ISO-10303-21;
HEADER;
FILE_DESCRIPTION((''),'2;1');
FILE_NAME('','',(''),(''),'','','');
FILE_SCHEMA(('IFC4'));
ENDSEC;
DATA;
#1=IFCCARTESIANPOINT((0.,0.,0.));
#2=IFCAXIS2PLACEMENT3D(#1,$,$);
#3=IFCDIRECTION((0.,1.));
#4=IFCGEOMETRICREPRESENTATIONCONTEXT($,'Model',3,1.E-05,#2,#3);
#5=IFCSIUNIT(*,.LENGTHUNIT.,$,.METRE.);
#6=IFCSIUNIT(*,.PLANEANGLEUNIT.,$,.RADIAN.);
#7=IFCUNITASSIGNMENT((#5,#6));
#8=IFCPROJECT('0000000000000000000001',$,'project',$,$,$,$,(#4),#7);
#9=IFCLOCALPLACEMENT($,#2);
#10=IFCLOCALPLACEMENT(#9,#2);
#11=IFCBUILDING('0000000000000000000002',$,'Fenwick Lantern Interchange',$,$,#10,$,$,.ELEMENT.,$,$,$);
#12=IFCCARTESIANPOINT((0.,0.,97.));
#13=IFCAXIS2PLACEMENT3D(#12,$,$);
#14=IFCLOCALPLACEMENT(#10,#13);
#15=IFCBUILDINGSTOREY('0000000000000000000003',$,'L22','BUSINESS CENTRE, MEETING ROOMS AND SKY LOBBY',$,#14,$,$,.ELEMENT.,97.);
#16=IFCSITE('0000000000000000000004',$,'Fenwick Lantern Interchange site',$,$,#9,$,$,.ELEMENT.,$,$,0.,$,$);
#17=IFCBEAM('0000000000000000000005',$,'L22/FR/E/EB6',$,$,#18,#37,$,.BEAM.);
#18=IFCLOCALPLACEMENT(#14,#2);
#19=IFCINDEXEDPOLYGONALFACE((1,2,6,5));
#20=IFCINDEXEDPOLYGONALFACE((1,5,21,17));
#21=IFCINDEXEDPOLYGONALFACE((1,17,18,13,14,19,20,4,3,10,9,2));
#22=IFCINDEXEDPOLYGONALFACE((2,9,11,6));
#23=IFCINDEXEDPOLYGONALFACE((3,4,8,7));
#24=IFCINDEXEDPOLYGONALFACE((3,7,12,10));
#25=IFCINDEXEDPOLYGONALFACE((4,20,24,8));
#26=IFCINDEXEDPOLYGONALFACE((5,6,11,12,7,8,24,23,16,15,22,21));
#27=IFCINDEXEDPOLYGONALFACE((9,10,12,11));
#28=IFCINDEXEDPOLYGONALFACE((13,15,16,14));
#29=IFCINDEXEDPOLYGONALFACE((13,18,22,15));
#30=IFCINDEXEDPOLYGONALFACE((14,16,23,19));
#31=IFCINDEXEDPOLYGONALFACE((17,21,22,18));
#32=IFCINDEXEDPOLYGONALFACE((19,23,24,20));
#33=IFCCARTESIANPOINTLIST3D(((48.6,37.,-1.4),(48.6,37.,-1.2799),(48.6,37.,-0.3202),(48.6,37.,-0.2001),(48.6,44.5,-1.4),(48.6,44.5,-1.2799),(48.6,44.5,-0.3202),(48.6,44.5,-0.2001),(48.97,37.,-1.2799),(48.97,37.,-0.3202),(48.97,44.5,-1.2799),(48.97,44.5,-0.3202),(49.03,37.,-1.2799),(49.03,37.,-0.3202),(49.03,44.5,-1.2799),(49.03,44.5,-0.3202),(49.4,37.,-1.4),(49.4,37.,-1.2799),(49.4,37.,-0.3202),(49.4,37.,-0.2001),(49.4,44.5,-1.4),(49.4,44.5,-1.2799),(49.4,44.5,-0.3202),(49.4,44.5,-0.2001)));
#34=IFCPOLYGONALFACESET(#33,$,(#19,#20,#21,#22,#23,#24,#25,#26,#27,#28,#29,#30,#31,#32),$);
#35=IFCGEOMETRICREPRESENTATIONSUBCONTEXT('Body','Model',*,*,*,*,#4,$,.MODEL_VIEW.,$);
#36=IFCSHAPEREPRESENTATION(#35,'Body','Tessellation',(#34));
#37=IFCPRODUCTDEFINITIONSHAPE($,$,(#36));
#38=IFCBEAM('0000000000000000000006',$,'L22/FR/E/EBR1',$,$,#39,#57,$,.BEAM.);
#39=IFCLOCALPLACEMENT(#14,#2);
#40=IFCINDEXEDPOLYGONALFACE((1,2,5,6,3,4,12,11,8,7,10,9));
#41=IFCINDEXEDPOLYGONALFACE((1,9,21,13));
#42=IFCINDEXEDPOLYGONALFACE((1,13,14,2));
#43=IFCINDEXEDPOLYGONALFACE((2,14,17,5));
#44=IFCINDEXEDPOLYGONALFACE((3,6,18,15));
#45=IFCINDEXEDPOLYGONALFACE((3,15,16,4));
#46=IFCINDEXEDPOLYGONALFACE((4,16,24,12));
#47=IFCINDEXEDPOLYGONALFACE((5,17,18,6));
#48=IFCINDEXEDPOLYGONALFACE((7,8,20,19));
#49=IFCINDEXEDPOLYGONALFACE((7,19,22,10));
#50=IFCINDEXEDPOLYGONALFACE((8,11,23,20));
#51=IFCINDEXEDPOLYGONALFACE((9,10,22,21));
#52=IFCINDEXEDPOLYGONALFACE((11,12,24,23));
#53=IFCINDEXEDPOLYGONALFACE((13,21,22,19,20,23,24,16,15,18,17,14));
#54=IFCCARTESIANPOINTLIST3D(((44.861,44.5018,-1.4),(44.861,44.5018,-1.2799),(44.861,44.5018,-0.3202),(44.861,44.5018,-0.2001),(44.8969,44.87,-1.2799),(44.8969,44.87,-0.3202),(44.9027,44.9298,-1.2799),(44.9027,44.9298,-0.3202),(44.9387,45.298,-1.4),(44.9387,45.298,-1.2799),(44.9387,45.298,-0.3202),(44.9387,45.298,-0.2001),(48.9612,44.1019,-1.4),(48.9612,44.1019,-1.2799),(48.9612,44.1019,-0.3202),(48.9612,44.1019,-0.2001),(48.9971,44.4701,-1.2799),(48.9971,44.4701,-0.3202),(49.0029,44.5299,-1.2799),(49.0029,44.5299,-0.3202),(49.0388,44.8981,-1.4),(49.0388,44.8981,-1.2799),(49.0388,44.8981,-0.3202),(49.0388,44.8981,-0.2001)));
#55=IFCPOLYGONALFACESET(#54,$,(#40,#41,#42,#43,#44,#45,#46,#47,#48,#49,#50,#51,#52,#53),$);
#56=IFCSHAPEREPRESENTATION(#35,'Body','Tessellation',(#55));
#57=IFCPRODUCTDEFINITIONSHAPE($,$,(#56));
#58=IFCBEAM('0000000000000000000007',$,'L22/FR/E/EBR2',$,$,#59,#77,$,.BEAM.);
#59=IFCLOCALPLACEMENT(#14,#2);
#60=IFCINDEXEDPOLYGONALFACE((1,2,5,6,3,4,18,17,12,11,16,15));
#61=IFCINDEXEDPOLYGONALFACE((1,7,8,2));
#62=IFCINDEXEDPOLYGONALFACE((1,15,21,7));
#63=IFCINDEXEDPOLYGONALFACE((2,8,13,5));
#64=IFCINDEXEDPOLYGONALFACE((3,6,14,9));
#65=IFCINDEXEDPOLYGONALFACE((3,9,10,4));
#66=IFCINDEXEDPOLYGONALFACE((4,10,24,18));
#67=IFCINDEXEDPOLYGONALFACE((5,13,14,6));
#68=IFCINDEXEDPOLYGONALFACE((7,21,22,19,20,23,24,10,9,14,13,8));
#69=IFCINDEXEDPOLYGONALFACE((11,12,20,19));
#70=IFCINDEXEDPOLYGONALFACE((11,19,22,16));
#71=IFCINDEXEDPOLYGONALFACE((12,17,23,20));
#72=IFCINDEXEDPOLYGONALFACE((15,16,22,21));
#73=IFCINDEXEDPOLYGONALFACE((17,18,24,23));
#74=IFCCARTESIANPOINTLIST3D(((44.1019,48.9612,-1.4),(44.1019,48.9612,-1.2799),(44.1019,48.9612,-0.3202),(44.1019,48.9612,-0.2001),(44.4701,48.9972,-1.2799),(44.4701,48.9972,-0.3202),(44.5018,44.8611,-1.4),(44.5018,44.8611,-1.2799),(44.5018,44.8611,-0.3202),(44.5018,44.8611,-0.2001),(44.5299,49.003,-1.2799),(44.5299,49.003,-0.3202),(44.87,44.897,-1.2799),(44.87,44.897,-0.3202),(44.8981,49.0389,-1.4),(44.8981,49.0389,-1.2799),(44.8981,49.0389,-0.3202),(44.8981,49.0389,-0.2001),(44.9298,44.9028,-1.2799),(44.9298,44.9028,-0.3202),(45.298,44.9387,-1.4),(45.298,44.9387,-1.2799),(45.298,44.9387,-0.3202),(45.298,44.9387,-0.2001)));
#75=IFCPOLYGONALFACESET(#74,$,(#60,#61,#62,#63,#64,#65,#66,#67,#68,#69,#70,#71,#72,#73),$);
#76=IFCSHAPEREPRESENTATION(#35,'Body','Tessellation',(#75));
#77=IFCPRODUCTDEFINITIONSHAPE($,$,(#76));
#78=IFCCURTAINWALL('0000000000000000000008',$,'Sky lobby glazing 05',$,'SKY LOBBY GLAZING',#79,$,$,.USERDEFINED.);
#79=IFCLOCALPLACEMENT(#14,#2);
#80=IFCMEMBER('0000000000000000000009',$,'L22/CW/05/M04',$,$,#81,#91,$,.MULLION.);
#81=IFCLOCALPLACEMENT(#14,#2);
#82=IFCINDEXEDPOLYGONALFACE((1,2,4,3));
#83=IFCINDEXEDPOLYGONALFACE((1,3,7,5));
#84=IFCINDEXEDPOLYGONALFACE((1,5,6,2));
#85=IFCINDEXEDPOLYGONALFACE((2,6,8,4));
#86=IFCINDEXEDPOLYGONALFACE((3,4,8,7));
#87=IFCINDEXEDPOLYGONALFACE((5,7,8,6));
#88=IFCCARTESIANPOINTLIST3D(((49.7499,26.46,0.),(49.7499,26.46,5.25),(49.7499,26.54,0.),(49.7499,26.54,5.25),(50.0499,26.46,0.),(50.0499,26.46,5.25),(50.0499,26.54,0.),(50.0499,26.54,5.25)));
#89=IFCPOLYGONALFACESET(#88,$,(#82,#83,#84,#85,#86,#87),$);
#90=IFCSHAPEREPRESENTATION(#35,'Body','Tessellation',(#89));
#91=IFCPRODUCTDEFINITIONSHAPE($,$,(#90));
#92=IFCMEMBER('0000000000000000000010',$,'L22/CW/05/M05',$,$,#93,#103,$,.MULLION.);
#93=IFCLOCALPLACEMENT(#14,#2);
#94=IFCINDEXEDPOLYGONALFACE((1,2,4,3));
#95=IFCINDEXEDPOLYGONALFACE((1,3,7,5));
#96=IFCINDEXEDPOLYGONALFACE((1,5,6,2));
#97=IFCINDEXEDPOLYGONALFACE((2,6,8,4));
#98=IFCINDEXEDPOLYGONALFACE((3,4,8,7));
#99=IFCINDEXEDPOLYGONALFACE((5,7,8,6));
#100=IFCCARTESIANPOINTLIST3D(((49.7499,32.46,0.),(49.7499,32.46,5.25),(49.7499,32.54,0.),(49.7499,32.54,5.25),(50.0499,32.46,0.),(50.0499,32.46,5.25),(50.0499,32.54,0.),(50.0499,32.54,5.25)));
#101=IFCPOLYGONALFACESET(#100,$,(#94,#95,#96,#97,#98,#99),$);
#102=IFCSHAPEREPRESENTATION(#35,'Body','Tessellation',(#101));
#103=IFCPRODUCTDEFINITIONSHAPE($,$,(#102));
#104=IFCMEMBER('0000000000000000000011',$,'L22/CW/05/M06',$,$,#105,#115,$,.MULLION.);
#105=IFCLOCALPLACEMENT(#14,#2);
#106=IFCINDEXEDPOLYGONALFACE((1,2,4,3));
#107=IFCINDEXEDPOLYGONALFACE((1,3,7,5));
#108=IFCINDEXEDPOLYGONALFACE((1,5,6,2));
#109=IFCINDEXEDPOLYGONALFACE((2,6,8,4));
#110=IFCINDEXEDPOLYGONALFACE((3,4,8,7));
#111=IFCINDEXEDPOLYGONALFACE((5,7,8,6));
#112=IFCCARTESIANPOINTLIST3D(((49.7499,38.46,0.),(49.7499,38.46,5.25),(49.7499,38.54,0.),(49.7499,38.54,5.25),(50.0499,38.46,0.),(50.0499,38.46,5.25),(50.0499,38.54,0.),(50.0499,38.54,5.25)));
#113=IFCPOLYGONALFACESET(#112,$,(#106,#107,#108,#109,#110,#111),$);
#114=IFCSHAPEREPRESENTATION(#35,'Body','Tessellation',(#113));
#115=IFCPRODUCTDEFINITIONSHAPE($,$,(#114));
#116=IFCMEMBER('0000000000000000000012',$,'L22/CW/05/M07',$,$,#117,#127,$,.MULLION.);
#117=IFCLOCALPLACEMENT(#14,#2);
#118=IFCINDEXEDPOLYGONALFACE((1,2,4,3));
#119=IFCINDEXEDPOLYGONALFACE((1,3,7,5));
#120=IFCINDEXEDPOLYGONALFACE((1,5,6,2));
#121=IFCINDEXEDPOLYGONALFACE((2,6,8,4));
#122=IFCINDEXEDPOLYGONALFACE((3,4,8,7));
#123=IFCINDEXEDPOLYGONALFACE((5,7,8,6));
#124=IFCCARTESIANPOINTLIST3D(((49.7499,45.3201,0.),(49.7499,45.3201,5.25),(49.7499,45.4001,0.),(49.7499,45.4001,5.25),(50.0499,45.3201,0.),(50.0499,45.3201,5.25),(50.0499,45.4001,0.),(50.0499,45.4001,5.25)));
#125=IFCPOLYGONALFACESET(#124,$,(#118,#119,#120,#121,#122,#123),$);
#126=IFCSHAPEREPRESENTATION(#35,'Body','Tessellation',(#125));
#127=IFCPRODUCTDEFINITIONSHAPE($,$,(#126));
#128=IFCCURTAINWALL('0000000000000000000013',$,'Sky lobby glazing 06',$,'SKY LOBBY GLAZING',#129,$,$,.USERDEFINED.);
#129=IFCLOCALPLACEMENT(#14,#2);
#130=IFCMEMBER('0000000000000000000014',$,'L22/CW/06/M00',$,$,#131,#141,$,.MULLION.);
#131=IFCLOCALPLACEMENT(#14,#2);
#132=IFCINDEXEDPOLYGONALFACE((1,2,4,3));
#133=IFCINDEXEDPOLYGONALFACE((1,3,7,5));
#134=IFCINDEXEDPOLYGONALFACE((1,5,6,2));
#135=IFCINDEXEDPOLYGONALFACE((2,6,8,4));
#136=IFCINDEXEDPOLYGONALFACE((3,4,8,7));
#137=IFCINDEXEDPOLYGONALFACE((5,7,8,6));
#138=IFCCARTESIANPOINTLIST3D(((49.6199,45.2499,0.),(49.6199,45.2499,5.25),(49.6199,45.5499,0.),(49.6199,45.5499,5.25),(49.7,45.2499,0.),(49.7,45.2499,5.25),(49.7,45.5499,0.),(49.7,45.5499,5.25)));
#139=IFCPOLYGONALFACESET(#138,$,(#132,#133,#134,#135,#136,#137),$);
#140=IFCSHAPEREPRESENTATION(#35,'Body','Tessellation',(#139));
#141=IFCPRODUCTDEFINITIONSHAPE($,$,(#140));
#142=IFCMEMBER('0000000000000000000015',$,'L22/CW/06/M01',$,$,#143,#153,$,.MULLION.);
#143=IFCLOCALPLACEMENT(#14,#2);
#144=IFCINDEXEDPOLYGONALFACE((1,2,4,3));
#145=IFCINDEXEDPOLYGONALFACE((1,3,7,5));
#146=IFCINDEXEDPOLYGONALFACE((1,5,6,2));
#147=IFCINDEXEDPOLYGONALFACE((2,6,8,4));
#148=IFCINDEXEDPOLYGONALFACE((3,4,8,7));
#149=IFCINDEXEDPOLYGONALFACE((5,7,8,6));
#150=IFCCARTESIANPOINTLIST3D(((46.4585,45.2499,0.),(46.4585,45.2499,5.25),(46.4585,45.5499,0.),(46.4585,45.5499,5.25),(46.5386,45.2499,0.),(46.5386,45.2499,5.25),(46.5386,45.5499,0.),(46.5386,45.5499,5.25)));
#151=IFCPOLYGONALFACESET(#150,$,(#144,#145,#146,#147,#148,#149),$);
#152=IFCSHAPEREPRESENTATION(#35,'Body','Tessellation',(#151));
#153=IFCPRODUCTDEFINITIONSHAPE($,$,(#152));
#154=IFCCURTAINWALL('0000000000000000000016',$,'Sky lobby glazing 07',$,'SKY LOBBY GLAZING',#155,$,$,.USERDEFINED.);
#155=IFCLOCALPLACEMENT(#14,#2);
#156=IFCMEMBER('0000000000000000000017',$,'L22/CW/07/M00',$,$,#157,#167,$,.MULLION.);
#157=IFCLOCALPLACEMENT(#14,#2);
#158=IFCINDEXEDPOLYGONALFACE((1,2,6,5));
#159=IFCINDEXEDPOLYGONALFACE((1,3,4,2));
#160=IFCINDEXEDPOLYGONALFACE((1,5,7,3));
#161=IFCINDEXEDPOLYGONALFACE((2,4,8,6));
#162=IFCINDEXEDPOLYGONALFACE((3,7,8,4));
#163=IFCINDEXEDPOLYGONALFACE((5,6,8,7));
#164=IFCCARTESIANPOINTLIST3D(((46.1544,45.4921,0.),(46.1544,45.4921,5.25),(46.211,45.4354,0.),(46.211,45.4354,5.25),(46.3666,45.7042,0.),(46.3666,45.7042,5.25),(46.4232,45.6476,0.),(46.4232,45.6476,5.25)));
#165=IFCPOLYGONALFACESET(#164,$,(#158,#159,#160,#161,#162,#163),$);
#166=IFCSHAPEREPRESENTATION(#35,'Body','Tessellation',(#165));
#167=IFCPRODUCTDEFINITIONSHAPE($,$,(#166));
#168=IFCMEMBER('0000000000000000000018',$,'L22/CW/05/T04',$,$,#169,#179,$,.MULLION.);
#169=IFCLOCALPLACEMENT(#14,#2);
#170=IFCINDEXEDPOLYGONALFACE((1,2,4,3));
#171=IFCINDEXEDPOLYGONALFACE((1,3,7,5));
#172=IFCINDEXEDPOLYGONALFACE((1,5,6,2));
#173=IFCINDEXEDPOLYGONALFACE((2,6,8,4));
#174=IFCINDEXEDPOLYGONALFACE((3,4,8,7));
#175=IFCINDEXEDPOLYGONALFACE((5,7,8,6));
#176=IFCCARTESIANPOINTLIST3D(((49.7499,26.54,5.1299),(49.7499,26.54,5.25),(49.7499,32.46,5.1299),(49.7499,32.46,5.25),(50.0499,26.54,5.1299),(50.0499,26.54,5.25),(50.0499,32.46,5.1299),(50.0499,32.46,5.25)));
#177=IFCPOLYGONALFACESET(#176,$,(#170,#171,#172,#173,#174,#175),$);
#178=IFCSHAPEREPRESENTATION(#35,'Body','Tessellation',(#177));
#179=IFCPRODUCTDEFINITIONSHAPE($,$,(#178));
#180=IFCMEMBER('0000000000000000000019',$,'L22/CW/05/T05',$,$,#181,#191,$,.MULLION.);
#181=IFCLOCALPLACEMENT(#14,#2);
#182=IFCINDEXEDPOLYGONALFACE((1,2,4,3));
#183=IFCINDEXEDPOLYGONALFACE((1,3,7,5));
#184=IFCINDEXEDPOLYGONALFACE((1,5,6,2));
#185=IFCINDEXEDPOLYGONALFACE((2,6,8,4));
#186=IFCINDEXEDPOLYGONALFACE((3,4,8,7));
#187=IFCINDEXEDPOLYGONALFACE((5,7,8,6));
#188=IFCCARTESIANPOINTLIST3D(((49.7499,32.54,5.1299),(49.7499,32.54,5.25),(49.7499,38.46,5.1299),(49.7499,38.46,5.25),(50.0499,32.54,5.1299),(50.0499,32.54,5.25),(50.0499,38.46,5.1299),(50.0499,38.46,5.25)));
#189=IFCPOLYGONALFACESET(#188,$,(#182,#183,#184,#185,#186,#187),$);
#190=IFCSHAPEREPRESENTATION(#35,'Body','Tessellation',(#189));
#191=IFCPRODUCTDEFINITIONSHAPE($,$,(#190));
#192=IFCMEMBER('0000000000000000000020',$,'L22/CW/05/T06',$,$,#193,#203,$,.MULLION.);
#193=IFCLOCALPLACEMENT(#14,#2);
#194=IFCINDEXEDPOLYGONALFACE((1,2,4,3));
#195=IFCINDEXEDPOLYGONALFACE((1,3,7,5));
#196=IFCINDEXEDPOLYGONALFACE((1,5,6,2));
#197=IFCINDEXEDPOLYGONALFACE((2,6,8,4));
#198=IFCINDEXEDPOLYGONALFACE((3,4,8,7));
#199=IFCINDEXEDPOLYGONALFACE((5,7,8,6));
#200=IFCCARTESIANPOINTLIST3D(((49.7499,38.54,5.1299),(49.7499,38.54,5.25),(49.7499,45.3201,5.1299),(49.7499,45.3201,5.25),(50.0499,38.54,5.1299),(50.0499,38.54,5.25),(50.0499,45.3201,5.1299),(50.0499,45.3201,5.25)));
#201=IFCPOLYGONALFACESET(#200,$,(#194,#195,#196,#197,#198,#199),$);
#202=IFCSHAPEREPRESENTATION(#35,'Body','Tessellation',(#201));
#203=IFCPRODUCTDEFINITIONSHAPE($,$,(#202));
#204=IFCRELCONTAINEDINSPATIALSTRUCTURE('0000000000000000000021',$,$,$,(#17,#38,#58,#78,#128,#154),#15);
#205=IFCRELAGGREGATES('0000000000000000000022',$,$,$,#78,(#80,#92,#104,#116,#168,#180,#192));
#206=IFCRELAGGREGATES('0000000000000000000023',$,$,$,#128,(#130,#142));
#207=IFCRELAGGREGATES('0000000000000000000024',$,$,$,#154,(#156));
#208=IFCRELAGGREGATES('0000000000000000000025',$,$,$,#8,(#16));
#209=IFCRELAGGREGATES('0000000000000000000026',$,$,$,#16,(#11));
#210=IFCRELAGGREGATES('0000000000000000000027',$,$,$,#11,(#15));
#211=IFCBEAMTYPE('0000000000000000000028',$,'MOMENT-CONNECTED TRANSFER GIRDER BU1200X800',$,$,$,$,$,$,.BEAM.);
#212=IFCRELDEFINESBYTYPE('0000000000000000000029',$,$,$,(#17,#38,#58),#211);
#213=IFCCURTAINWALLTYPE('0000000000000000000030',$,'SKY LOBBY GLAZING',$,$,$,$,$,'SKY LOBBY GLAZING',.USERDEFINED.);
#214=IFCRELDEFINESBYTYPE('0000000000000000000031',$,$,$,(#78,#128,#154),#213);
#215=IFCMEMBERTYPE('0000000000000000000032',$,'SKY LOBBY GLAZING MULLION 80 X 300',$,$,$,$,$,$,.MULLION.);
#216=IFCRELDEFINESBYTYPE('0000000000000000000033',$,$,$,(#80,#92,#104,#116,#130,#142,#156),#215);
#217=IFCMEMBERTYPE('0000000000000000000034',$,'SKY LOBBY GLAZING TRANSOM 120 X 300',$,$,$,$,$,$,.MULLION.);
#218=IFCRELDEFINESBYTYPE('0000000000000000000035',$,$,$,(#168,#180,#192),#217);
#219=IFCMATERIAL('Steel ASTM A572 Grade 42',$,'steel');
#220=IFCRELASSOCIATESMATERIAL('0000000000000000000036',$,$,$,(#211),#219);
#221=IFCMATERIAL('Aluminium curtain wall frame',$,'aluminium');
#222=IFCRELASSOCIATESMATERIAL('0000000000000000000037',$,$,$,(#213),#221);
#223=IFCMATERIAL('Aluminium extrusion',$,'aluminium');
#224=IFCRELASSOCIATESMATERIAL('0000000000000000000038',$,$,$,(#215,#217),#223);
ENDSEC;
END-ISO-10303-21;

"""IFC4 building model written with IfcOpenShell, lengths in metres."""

from ifc_helpers import new_model, si_unit, direction, frame, origin, origin_2d, place, context, subcontext, project, spatial, rectangle, i_section, extrude, material, material_profile, profile_set, type_object, element, aggregate, save


model = new_model("IFC4")

# Units and contexts
model_context = context("Model", 3, precision=1e-05, world=origin(), true_north=direction((0.0, 1.0)))
body_context = subcontext(model_context, "Body", "Model", "MODEL_VIEW")
ifc_project = project(units=[si_unit("LENGTHUNIT", "METRE"), si_unit("PLANEANGLEUNIT", "RADIAN")], contexts=[model_context])

# Site, building, storey
site_placement = place(None, origin())
site = spatial("IfcSite", under=ifc_project, at=site_placement, Name="Fenwick Lantern Interchange site", CompositionType="ELEMENT", RefElevation=0.0)
building_placement = place(site_placement, origin())
building = spatial("IfcBuilding", under=site, at=building_placement, Name="Fenwick Lantern Interchange", CompositionType="ELEMENT")
storey_placement = place(building_placement, frame((0.0, 0.0, 97.0)))
storey = spatial("IfcBuildingStorey", under=building, at=storey_placement, Name="L22", Description="BUSINESS CENTRE, MEETING ROOMS AND SKY LOBBY", CompositionType="ELEMENT", Elevation=97.0)

# Beams
ifc_material_1 = material(Name="Steel ASTM A572 Grade 42", Category="steel")
ifc_material_profile_1 = material_profile(ifc_material_1, i_section(OverallWidth=0.8, OverallDepth=1.2, WebThickness=0.0601, FlangeThickness=0.1201, at=origin_2d()), Name="BU1200X800")
ifc_profile_set_1 = profile_set([ifc_material_profile_1], Name="Steel ASTM A572 Grade 42")
beam_type_1 = type_object("IfcBeamType", Name="MOMENT-CONNECTED TRANSFER GIRDER BU1200X800", PredefinedType="BEAM", material=ifc_profile_set_1)
beam_1_placement = place(storey_placement, frame((49.0, 37.0, -0.8), z_axis=(0.0, 1.0, 0.0), x_axis=(-1.0, 0.0, 0.0)))
element("IfcBeam", 1, at=beam_1_placement, inside=storey, type_object=beam_type_1, Name="L22/FR/E/EB6", PredefinedType="BEAM", context=body_context, shape_type="SweptSolid", body=[
    extrude(i_section(OverallWidth=0.8, OverallDepth=1.2, WebThickness=0.0601, FlangeThickness=0.1201, at=origin_2d()), origin(), (0.0, 0.0, 1.0), 7.5),
])
for number, where, z_axis, x_axis, name in (
    (2, (49.0, 44.5, -0.8), (-0.995277, 0.097074, 0.0), (-0.097074, -0.995277, 0.0), "L22/FR/E/EBR1"),
    (3, (44.8999, 44.8999, -0.8), (-0.097074, 0.995277, 0.0), (-0.995277, -0.097074, 0.0), "L22/FR/E/EBR2"),
):
    element("IfcBeam", number, at=place(storey_placement, frame(where, z_axis=z_axis, x_axis=x_axis)), inside=storey, type_object=beam_type_1, Name=name, PredefinedType="BEAM", context=body_context, shape_type="SweptSolid", body=[
        extrude(i_section(OverallWidth=0.8, OverallDepth=1.2, WebThickness=0.0601, FlangeThickness=0.1201, at=origin_2d()), origin(), (0.0, 0.0, 1.0), 4.1196),
    ])

# Curtain walls, members
ifc_material_2 = material(Name="Aluminium curtain wall frame", Category="aluminium")
curtain_wall_type = type_object("IfcCurtainWallType", Name="SKY LOBBY GLAZING", ElementType="SKY LOBBY GLAZING", PredefinedType="USERDEFINED", material=ifc_material_2)
curtain_wall_1_placement = place(storey_placement, origin())
curtain_wall_1 = element("IfcCurtainWall", 4, at=curtain_wall_1_placement, inside=storey, type_object=curtain_wall_type, Name="Sky lobby glazing 05", ObjectType="SKY LOBBY GLAZING", PredefinedType="USERDEFINED")
ifc_material_3 = material(Name="Aluminium extrusion", Category="aluminium")
ifc_material_profile_2 = material_profile(ifc_material_3, rectangle(XDim=0.3, YDim=0.0801, at=origin_2d()), Name="SKY LOBBY GLAZING MULLION 80 X 300")
ifc_profile_set_2 = profile_set([ifc_material_profile_2], Name="Aluminium extrusion")
member_type_1 = type_object("IfcMemberType", Name="SKY LOBBY GLAZING MULLION 80 X 300", PredefinedType="MULLION", material=ifc_profile_set_2)
member_1_placement = place(storey_placement, frame((49.8999, 26.5, 0.0), z_axis=(0.0, 0.0, 1.0), x_axis=(-1.0, 0.0, 0.0)))
member_1 = element("IfcMember", 5, at=member_1_placement, type_object=member_type_1, Name="L22/CW/05/M04", PredefinedType="MULLION", context=body_context, shape_type="SweptSolid", body=[
    extrude(rectangle(XDim=0.3, YDim=0.0801, at=origin_2d()), origin(), (0.0, 0.0, 1.0), 5.25),
])
member_2_placement = place(storey_placement, frame((49.8999, 32.5, 0.0), z_axis=(0.0, 0.0, 1.0), x_axis=(-1.0, 0.0, 0.0)))
member_2 = element("IfcMember", 6, at=member_2_placement, type_object=member_type_1, Name="L22/CW/05/M05", PredefinedType="MULLION", context=body_context, shape_type="SweptSolid", body=[
    extrude(rectangle(XDim=0.3, YDim=0.0801, at=origin_2d()), origin(), (0.0, 0.0, 1.0), 5.25),
])
member_3_placement = place(storey_placement, frame((49.8999, 38.5, 0.0), z_axis=(0.0, 0.0, 1.0), x_axis=(-1.0, 0.0, 0.0)))
member_3 = element("IfcMember", 7, at=member_3_placement, type_object=member_type_1, Name="L22/CW/05/M06", PredefinedType="MULLION", context=body_context, shape_type="SweptSolid", body=[
    extrude(rectangle(XDim=0.3, YDim=0.0801, at=origin_2d()), origin(), (0.0, 0.0, 1.0), 5.25),
])
member_4_placement = place(storey_placement, frame((49.8999, 45.3601, 0.0), z_axis=(0.0, 0.0, 1.0), x_axis=(-1.0, 0.0, 0.0)))
member_4 = element("IfcMember", 8, at=member_4_placement, type_object=member_type_1, Name="L22/CW/05/M07", PredefinedType="MULLION", context=body_context, shape_type="SweptSolid", body=[
    extrude(rectangle(XDim=0.3, YDim=0.0801, at=origin_2d()), origin(), (0.0, 0.0, 1.0), 5.25),
])
curtain_wall_2_placement = place(storey_placement, origin())
curtain_wall_2 = element("IfcCurtainWall", 9, at=curtain_wall_2_placement, inside=storey, type_object=curtain_wall_type, Name="Sky lobby glazing 06", ObjectType="SKY LOBBY GLAZING", PredefinedType="USERDEFINED")
member_5_placement = place(storey_placement, frame((49.6599, 45.3999, 0.0), z_axis=(0.0, 0.0, 1.0), x_axis=(0.0, -1.0, 0.0)))
member_5 = element("IfcMember", 10, at=member_5_placement, type_object=member_type_1, Name="L22/CW/06/M00", PredefinedType="MULLION", context=body_context, shape_type="SweptSolid", body=[
    extrude(rectangle(XDim=0.3, YDim=0.0801, at=origin_2d()), origin(), (0.0, 0.0, 1.0), 5.25),
])
member_6_placement = place(storey_placement, frame((46.4985, 45.3999, 0.0), z_axis=(0.0, 0.0, 1.0), x_axis=(0.0, -1.0, 0.0)))
member_6 = element("IfcMember", 11, at=member_6_placement, type_object=member_type_1, Name="L22/CW/06/M01", PredefinedType="MULLION", context=body_context, shape_type="SweptSolid", body=[
    extrude(rectangle(XDim=0.3, YDim=0.0801, at=origin_2d()), origin(), (0.0, 0.0, 1.0), 5.25),
])

# Curtain wall, member
curtain_wall_3_placement = place(storey_placement, origin())
curtain_wall_3 = element("IfcCurtainWall", 12, at=curtain_wall_3_placement, inside=storey, type_object=curtain_wall_type, Name="Sky lobby glazing 07", ObjectType="SKY LOBBY GLAZING", PredefinedType="USERDEFINED")
member_7_placement = place(storey_placement, frame((46.2888, 45.5698, 0.0), z_axis=(0.0, 0.0, 1.0), x_axis=(-0.707107, -0.707107, 0.0)))
member_7 = element("IfcMember", 13, at=member_7_placement, type_object=member_type_1, Name="L22/CW/07/M00", PredefinedType="MULLION", context=body_context, shape_type="SweptSolid", body=[
    extrude(rectangle(XDim=0.3, YDim=0.0801, at=origin_2d()), origin(), (0.0, 0.0, 1.0), 5.25),
])

# Members
ifc_material_profile_3 = material_profile(ifc_material_3, rectangle(XDim=0.3, YDim=0.1201, at=origin_2d()), Name="SKY LOBBY GLAZING TRANSOM 120 X 300")
ifc_profile_set_3 = profile_set([ifc_material_profile_3], Name="Aluminium extrusion")
member_type_2 = type_object("IfcMemberType", Name="SKY LOBBY GLAZING TRANSOM 120 X 300", PredefinedType="MULLION", material=ifc_profile_set_3)
member_8_placement = place(storey_placement, frame((49.8999, 26.54, 5.1899), z_axis=(0.0, 1.0, 0.0), x_axis=(-1.0, 0.0, 0.0)))
member_8 = element("IfcMember", 14, at=member_8_placement, type_object=member_type_2, Name="L22/CW/05/T04", PredefinedType="MULLION", context=body_context, shape_type="SweptSolid", body=[
    extrude(rectangle(XDim=0.3, YDim=0.1201, at=origin_2d()), origin(), (0.0, 0.0, 1.0), 5.9199),
])
member_9_placement = place(storey_placement, frame((49.8999, 32.54, 5.1899), z_axis=(0.0, 1.0, 0.0), x_axis=(-1.0, 0.0, 0.0)))
member_9 = element("IfcMember", 15, at=member_9_placement, type_object=member_type_2, Name="L22/CW/05/T05", PredefinedType="MULLION", context=body_context, shape_type="SweptSolid", body=[
    extrude(rectangle(XDim=0.3, YDim=0.1201, at=origin_2d()), origin(), (0.0, 0.0, 1.0), 5.9199),
])
member_10_placement = place(storey_placement, frame((49.8999, 38.54, 5.1899), z_axis=(0.0, 1.0, 0.0), x_axis=(-1.0, 0.0, 0.0)))
member_10 = element("IfcMember", 16, at=member_10_placement, type_object=member_type_2, Name="L22/CW/05/T06", PredefinedType="MULLION", context=body_context, shape_type="SweptSolid", body=[
    extrude(rectangle(XDim=0.3, YDim=0.1201, at=origin_2d()), origin(), (0.0, 0.0, 1.0), 6.78),
])
aggregate(curtain_wall_1, [member_1, member_2, member_3, member_4, member_8, member_9, member_10])

aggregate(curtain_wall_2, [member_5, member_6])
aggregate(curtain_wall_3, [member_7])

save(model, "model.ifc")
